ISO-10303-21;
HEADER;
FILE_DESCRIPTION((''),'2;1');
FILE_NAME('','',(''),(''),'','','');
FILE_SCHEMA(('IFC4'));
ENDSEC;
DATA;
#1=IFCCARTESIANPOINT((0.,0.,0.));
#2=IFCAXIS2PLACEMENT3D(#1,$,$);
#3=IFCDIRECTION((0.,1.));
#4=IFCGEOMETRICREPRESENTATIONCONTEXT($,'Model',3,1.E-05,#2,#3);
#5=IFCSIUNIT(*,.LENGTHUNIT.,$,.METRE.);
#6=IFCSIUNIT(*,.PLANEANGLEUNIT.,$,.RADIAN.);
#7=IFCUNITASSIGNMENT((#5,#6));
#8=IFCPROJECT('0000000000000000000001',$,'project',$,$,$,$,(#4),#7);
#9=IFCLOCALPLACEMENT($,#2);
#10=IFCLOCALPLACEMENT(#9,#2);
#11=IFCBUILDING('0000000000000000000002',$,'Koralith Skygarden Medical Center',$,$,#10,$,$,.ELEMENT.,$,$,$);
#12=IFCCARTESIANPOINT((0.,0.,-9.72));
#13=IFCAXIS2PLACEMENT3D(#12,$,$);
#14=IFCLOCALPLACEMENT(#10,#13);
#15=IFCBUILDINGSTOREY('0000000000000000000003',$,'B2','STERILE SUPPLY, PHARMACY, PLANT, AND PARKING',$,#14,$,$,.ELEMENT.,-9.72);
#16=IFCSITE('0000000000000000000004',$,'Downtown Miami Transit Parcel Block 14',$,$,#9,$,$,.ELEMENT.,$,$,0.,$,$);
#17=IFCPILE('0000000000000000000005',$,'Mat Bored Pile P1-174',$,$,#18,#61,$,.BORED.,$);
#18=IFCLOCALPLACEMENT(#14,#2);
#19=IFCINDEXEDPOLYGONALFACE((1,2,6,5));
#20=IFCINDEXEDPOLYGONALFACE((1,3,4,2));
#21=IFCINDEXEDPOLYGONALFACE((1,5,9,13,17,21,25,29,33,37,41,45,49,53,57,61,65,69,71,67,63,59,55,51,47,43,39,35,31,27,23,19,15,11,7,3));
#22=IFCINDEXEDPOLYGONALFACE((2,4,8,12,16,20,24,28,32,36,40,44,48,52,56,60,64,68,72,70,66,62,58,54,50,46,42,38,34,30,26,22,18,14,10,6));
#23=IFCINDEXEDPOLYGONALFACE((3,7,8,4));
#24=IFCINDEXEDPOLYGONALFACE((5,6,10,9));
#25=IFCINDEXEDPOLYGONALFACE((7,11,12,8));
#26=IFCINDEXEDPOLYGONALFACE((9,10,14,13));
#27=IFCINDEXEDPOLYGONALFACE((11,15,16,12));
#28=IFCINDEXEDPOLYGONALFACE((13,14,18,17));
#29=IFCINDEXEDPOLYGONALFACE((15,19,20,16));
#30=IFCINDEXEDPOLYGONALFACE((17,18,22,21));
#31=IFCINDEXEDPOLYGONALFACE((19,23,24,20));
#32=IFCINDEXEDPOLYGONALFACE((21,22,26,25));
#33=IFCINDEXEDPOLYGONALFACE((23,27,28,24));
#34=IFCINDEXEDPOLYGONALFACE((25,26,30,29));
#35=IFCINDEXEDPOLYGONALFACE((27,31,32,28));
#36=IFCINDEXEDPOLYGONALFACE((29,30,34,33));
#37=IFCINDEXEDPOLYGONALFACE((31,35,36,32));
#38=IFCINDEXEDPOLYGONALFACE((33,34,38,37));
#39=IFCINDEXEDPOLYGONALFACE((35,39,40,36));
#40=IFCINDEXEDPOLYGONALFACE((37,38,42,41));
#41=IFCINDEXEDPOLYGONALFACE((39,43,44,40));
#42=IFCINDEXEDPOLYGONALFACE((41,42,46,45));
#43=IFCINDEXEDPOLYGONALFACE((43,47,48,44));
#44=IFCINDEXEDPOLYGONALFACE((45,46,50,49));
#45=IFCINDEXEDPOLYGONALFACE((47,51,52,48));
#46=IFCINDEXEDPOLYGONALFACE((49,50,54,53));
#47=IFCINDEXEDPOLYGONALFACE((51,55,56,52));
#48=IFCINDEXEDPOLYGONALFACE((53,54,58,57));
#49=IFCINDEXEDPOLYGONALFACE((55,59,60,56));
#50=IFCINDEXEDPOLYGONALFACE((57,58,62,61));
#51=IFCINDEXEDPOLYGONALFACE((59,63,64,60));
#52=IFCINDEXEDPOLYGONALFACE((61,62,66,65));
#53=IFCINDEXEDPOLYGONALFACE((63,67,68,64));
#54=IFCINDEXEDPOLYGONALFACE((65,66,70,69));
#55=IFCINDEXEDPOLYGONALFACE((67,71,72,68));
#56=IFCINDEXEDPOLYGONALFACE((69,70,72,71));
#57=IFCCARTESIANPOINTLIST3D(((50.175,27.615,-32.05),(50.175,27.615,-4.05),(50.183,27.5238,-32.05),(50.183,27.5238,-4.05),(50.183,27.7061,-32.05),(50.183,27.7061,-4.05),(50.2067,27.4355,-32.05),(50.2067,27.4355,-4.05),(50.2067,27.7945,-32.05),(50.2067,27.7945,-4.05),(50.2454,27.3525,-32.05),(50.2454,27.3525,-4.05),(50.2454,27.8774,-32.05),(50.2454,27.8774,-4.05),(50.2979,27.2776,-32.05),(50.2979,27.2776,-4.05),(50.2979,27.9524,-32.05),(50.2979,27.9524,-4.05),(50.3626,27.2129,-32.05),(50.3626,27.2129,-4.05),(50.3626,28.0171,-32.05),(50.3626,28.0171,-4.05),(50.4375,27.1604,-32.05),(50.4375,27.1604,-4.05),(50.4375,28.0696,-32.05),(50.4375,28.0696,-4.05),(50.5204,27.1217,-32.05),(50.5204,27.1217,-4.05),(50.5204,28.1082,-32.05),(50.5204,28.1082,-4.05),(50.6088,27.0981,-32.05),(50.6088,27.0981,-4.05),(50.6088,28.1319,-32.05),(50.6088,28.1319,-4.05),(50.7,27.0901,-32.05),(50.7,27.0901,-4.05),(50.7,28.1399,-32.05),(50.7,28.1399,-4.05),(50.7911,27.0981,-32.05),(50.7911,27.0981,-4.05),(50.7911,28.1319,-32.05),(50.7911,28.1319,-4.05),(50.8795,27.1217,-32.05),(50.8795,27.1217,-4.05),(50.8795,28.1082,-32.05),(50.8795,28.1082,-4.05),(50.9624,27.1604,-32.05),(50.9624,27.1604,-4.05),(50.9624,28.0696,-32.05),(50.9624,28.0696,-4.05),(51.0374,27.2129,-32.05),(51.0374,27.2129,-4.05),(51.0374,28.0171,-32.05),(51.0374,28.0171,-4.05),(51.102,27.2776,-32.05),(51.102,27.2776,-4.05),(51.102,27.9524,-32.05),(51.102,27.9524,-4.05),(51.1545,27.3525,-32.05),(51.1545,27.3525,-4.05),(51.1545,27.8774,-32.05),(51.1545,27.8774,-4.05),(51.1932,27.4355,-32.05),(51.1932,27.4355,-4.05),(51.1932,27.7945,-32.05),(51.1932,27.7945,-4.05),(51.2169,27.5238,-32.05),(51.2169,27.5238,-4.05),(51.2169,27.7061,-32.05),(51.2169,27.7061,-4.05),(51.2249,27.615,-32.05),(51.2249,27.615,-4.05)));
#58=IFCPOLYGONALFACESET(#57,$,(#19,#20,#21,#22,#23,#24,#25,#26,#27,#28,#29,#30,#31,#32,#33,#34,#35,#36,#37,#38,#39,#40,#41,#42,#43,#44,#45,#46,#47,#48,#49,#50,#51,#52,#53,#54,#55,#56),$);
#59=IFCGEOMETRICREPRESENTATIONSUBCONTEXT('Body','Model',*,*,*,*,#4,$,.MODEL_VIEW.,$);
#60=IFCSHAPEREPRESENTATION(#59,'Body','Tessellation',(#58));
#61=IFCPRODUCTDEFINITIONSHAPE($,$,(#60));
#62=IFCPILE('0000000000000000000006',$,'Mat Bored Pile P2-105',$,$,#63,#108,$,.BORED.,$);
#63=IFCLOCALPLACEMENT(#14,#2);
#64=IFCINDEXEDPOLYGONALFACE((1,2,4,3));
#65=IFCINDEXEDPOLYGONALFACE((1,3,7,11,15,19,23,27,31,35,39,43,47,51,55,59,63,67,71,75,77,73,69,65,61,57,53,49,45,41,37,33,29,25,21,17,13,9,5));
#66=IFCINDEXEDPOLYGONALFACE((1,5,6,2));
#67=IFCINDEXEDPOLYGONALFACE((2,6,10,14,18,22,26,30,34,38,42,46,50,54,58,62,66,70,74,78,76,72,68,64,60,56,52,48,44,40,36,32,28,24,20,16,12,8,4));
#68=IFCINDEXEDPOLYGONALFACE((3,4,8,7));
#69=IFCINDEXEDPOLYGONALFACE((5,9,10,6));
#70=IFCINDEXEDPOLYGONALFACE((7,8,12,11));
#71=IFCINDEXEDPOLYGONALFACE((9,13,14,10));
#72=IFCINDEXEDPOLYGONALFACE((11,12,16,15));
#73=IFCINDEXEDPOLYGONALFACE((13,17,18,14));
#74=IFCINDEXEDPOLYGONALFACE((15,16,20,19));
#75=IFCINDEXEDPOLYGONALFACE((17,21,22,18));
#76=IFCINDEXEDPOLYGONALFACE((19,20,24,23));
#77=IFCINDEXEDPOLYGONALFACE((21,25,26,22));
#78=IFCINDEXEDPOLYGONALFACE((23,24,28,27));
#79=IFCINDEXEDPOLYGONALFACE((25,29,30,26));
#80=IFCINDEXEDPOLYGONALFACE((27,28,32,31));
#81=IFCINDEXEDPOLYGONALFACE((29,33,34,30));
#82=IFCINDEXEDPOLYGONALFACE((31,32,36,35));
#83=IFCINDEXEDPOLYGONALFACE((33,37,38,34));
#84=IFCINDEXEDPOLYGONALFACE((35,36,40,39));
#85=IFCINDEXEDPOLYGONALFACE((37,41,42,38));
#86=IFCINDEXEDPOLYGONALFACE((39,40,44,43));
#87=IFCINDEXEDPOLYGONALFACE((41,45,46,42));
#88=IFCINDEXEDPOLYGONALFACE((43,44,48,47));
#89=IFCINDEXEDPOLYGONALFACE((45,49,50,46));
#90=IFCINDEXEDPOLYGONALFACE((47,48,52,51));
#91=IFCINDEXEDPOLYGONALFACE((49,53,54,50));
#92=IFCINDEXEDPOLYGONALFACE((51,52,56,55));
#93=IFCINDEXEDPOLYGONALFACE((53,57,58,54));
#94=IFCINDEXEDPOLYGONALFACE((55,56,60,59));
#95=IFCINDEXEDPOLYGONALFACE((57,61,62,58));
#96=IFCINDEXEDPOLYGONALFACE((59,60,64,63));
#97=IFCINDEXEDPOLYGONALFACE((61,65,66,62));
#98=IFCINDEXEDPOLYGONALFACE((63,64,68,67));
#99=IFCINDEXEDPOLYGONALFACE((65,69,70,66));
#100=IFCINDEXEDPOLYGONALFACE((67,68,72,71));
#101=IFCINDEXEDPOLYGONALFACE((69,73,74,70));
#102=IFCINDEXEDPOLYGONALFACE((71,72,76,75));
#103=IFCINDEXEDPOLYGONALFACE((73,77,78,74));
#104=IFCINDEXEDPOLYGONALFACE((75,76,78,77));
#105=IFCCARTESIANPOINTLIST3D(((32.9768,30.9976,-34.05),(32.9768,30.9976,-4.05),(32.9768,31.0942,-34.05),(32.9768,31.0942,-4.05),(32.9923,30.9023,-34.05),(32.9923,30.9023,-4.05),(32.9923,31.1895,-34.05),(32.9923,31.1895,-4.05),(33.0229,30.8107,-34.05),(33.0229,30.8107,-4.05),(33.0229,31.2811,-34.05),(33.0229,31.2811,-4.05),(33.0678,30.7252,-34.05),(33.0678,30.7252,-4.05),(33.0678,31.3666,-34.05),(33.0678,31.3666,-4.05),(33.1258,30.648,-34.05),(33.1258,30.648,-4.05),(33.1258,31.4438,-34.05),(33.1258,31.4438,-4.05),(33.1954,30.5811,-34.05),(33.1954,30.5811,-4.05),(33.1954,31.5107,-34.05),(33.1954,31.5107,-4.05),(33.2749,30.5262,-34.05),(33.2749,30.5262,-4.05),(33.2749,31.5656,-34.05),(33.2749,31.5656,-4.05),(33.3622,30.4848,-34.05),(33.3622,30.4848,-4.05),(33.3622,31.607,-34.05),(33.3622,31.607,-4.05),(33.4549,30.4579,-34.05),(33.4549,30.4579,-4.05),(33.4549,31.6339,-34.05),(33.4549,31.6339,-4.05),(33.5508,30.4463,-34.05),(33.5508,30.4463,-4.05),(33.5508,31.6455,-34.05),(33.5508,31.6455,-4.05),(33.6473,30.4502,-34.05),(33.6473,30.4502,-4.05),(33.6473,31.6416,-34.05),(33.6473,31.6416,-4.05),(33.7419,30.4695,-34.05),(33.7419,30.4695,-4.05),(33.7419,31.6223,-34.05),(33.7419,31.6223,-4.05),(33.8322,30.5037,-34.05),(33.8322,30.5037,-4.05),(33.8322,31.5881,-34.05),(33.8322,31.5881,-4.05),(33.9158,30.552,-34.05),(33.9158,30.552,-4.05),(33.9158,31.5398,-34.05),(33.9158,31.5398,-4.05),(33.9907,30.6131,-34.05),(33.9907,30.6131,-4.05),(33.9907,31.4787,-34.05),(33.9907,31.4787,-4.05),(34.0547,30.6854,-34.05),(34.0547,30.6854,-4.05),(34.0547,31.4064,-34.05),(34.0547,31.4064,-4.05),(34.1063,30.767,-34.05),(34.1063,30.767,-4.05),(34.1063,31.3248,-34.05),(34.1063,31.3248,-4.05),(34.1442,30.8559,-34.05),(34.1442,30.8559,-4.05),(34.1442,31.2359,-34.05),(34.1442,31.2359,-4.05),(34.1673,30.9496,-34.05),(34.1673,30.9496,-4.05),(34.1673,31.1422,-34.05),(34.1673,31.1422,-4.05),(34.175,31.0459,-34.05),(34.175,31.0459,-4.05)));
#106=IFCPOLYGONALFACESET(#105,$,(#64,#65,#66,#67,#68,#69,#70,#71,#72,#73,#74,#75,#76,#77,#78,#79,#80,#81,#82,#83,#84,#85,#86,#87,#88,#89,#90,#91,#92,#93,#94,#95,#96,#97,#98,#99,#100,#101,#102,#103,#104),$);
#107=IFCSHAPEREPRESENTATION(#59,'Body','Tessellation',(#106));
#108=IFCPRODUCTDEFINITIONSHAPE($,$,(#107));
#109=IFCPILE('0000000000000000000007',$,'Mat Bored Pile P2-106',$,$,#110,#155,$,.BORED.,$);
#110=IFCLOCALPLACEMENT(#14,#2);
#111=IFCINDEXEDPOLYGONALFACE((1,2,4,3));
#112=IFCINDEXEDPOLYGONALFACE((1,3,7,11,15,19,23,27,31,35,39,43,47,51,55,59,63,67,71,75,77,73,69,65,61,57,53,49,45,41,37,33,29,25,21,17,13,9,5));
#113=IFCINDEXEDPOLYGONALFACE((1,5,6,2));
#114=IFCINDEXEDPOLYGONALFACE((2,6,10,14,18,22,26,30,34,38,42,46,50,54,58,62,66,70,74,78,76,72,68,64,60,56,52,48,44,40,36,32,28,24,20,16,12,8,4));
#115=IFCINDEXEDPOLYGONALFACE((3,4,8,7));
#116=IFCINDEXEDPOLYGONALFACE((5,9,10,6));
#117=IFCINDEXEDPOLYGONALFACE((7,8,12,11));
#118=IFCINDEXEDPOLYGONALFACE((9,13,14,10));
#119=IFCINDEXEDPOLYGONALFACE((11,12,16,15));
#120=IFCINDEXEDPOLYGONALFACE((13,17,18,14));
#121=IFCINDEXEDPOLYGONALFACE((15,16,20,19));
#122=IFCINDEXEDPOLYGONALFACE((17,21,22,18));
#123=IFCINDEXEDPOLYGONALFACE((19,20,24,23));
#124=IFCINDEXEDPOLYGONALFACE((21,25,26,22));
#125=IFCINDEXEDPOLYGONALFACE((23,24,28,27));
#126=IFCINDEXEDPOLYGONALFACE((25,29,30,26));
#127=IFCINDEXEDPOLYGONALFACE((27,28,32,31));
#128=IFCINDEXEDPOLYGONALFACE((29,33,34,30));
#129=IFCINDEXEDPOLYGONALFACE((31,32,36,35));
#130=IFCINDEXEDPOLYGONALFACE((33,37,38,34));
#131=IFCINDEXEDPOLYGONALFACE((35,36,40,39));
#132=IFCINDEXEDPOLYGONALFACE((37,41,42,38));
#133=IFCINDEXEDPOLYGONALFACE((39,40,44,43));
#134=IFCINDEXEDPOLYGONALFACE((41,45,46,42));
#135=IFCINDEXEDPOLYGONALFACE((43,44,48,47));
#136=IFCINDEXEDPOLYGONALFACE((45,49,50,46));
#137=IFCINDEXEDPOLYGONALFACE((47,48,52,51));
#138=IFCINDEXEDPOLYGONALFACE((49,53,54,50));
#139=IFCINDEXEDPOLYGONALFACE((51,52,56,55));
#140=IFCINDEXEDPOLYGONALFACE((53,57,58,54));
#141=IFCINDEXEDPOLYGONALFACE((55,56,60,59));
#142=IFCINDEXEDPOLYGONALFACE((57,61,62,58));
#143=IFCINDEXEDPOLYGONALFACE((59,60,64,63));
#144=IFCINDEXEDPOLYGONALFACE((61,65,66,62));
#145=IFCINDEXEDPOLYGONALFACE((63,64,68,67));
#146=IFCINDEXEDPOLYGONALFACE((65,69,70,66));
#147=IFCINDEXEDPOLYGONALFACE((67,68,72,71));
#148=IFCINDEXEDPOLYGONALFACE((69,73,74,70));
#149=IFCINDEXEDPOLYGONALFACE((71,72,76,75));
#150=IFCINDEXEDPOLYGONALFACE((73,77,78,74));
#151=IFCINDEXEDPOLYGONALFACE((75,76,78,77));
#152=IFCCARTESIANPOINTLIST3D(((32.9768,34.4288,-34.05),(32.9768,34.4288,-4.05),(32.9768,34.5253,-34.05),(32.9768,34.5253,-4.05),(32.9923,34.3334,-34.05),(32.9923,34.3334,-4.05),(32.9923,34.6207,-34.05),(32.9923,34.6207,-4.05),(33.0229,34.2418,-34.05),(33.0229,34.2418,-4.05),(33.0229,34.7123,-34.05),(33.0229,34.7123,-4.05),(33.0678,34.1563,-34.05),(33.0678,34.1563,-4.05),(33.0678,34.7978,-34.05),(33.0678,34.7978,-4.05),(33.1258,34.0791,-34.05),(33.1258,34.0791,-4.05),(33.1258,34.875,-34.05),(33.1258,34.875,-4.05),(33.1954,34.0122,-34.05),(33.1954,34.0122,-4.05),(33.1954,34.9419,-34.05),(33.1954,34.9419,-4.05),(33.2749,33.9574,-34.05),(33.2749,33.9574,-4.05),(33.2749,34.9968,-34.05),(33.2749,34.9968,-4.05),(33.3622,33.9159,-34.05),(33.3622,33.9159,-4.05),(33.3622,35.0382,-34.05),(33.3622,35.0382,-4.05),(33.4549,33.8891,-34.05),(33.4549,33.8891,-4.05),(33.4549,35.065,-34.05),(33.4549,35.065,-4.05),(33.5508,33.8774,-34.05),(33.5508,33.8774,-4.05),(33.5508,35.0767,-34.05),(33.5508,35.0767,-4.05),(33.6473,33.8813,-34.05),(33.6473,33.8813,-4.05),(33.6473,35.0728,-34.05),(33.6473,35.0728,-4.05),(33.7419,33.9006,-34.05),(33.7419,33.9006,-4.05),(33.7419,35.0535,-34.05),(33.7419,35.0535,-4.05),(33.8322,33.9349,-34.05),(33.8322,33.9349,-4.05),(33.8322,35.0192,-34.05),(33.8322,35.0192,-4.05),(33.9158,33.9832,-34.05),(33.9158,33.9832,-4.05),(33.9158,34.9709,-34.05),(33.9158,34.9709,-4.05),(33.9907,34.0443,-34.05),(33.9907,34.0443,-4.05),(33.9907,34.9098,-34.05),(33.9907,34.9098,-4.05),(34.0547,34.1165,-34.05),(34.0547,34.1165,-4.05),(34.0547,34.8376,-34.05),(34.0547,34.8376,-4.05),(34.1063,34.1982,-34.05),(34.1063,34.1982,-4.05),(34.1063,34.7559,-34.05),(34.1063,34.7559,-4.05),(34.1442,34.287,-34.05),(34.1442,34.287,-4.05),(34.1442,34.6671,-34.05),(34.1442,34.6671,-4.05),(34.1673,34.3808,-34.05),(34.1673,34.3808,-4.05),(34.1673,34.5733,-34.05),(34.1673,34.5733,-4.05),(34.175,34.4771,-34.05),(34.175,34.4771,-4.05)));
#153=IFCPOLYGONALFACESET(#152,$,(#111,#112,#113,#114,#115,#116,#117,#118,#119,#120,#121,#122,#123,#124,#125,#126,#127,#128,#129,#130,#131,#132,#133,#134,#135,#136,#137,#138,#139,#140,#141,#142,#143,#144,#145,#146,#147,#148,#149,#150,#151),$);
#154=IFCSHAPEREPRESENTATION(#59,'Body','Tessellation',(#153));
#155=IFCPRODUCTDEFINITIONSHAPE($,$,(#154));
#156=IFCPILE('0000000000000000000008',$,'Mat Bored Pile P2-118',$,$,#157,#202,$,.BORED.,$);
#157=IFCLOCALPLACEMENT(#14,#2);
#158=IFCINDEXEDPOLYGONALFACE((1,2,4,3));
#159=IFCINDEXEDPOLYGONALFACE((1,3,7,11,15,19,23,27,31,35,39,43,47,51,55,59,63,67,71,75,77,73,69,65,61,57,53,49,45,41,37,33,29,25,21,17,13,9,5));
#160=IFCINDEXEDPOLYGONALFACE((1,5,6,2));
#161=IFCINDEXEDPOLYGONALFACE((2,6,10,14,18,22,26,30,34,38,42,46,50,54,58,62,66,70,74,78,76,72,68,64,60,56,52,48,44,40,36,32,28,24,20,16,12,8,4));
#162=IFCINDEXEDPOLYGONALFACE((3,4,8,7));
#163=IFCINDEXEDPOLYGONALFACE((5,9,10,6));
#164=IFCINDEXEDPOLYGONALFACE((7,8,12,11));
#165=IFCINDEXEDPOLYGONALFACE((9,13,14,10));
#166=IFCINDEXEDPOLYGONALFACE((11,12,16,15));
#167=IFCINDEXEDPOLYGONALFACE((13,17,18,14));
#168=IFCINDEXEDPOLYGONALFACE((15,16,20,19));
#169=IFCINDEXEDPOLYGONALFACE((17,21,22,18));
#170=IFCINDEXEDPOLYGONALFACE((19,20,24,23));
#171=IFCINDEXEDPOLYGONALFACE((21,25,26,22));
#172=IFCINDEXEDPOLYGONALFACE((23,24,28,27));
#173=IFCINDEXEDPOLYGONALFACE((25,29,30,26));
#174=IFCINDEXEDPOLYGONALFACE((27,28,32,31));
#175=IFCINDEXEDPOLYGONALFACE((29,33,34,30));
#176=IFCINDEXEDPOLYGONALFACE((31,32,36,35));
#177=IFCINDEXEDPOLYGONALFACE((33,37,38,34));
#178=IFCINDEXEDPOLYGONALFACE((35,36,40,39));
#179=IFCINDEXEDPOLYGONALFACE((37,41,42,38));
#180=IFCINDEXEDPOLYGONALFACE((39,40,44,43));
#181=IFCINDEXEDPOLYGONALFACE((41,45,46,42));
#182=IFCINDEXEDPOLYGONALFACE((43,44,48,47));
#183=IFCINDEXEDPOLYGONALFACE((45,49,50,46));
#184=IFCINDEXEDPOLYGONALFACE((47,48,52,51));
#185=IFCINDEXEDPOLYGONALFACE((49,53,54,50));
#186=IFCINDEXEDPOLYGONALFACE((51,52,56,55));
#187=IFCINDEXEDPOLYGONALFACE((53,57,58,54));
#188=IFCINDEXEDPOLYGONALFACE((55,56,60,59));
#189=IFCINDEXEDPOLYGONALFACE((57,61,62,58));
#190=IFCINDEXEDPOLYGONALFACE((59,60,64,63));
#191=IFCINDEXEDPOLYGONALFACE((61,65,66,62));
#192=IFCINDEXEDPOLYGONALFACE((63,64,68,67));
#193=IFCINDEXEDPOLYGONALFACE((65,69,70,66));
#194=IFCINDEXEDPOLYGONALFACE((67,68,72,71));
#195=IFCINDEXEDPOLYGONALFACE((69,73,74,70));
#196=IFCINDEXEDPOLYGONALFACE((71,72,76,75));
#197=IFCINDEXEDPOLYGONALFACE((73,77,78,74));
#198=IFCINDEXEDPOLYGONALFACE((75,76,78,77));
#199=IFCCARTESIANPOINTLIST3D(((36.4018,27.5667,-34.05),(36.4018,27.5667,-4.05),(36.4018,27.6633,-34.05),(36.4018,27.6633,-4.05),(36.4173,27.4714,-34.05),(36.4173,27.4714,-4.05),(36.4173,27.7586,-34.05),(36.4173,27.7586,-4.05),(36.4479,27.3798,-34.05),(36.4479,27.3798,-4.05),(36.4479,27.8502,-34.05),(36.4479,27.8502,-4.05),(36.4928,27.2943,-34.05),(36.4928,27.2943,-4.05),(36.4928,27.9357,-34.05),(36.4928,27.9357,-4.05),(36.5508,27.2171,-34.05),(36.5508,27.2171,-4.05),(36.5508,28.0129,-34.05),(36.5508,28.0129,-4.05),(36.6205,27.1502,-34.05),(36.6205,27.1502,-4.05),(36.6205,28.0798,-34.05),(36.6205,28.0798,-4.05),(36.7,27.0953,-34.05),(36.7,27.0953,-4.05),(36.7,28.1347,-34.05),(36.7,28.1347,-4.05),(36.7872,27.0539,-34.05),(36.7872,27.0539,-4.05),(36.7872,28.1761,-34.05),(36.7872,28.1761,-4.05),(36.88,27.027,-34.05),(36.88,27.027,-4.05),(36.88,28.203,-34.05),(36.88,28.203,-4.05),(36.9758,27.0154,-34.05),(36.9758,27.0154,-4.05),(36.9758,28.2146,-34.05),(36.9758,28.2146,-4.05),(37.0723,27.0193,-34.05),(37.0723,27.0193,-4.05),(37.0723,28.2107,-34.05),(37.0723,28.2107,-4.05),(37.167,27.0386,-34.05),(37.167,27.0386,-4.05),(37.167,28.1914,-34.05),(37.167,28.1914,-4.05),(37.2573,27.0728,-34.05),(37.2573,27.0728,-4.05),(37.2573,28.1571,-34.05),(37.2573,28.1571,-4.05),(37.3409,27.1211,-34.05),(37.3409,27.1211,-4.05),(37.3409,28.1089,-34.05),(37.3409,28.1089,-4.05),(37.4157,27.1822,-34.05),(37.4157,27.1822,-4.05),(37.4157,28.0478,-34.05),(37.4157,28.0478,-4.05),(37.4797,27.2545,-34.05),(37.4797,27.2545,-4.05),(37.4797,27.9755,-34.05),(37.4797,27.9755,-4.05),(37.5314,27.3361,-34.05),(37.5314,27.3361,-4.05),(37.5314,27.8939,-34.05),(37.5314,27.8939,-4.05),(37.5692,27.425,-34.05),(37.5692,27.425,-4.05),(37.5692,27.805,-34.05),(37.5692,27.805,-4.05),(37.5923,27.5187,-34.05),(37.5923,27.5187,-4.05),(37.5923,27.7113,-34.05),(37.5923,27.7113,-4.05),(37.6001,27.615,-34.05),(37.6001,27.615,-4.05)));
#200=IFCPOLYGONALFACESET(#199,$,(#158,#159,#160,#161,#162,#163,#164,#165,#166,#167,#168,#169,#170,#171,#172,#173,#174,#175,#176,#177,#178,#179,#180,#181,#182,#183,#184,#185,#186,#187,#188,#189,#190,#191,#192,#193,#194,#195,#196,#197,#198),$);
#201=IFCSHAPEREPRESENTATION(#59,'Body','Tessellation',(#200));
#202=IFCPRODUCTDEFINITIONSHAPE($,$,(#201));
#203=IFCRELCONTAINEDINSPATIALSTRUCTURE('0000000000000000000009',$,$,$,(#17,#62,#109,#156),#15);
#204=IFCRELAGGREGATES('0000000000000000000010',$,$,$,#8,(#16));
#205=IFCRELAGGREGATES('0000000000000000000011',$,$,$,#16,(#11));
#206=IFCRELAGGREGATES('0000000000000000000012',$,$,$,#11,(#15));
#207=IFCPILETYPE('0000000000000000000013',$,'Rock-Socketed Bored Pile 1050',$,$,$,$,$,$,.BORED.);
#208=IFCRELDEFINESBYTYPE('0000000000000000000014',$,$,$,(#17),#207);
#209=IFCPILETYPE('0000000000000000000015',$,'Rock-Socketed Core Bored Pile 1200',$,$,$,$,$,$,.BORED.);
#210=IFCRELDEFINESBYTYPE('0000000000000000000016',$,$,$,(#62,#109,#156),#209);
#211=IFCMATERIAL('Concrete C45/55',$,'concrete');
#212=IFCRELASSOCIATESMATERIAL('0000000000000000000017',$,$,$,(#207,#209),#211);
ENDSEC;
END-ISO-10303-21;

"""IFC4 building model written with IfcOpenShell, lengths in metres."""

from ifc_helpers import new_model, si_unit, direction, frame, origin, origin_2d, place, context, subcontext, project, spatial, circle, extrude, material, material_profile, profile_set, type_object, element, save


model = new_model("IFC4")

# Units and contexts
model_context = context("Model", 3, precision=1e-05, world=origin(), true_north=direction((0.0, 1.0)))
body_context = subcontext(model_context, "Body", "Model", "MODEL_VIEW")
ifc_project = project(units=[si_unit("LENGTHUNIT", "METRE"), si_unit("PLANEANGLEUNIT", "RADIAN")], contexts=[model_context])

# Site, building, storey
site_placement = place(None, origin())
site = spatial("IfcSite", under=ifc_project, at=site_placement, Name="Downtown Miami Transit Parcel Block 14", CompositionType="ELEMENT", RefElevation=0.0)
building_placement = place(site_placement, origin())
building = spatial("IfcBuilding", under=site, at=building_placement, Name="Koralith Skygarden Medical Center", CompositionType="ELEMENT")
storey_placement = place(building_placement, frame((0.0, 0.0, -9.72)))
storey = spatial("IfcBuildingStorey", under=building, at=storey_placement, Name="B2", Description="STERILE SUPPLY, PHARMACY, PLANT, AND PARKING", CompositionType="ELEMENT", Elevation=-9.72)

# Piles
ifc_material_1 = material(Name="Concrete C45/55", Category="concrete")
ifc_material_profile_1 = material_profile(ifc_material_1, circle(Radius=0.5249, at=origin_2d()), Name="PILE1050")
ifc_profile_set_1 = profile_set([ifc_material_profile_1], Name="Concrete C45/55")
pile_type_1 = type_object("IfcPileType", Name="Rock-Socketed Bored Pile 1050", PredefinedType="BORED", material=ifc_profile_set_1)
pile_placement = place(storey_placement, frame((50.7, 27.615, -4.05), z_axis=(0.0, 0.0, -1.0), x_axis=(1.0, 0.0, 0.0)))
element("IfcPile", 1, at=pile_placement, inside=storey, type_object=pile_type_1, Name="Mat Bored Pile P1-174", PredefinedType="BORED", context=body_context, shape_type="SweptSolid", body=[
    extrude(circle(Radius=0.5249, at=origin_2d()), origin(), (0.0, 0.0, 1.0), 28.0),
])
ifc_material_profile_2 = material_profile(ifc_material_1, circle(Radius=0.6001, at=origin_2d()), Name="PILE1200")
ifc_profile_set_2 = profile_set([ifc_material_profile_2], Name="Concrete C45/55")
pile_type_2 = type_object("IfcPileType", Name="Rock-Socketed Core Bored Pile 1200", PredefinedType="BORED", material=ifc_profile_set_2)
for number, where, z_axis, x_axis, name in (
    (2, (33.575, 31.0459, -4.05), (0.0, 0.0, -1.0), (1.0, 0.0, 0.0), "Mat Bored Pile P2-105"),
    (3, (33.575, 34.4771, -4.05), (0.0, 0.0, -1.0), (1.0, 0.0, 0.0), "Mat Bored Pile P2-106"),
    (4, (37.0, 27.615, -4.05), (0.0, 0.0, -1.0), (1.0, 0.0, 0.0), "Mat Bored Pile P2-118"),
):
    element("IfcPile", number, at=place(storey_placement, frame(where, z_axis=z_axis, x_axis=x_axis)), inside=storey, type_object=pile_type_2, Name=name, PredefinedType="BORED", context=body_context, shape_type="SweptSolid", body=[
        extrude(circle(Radius=0.6001, at=origin_2d()), origin(), (0.0, 0.0, 1.0), 30.0),
    ])

save(model, "model.ifc")
